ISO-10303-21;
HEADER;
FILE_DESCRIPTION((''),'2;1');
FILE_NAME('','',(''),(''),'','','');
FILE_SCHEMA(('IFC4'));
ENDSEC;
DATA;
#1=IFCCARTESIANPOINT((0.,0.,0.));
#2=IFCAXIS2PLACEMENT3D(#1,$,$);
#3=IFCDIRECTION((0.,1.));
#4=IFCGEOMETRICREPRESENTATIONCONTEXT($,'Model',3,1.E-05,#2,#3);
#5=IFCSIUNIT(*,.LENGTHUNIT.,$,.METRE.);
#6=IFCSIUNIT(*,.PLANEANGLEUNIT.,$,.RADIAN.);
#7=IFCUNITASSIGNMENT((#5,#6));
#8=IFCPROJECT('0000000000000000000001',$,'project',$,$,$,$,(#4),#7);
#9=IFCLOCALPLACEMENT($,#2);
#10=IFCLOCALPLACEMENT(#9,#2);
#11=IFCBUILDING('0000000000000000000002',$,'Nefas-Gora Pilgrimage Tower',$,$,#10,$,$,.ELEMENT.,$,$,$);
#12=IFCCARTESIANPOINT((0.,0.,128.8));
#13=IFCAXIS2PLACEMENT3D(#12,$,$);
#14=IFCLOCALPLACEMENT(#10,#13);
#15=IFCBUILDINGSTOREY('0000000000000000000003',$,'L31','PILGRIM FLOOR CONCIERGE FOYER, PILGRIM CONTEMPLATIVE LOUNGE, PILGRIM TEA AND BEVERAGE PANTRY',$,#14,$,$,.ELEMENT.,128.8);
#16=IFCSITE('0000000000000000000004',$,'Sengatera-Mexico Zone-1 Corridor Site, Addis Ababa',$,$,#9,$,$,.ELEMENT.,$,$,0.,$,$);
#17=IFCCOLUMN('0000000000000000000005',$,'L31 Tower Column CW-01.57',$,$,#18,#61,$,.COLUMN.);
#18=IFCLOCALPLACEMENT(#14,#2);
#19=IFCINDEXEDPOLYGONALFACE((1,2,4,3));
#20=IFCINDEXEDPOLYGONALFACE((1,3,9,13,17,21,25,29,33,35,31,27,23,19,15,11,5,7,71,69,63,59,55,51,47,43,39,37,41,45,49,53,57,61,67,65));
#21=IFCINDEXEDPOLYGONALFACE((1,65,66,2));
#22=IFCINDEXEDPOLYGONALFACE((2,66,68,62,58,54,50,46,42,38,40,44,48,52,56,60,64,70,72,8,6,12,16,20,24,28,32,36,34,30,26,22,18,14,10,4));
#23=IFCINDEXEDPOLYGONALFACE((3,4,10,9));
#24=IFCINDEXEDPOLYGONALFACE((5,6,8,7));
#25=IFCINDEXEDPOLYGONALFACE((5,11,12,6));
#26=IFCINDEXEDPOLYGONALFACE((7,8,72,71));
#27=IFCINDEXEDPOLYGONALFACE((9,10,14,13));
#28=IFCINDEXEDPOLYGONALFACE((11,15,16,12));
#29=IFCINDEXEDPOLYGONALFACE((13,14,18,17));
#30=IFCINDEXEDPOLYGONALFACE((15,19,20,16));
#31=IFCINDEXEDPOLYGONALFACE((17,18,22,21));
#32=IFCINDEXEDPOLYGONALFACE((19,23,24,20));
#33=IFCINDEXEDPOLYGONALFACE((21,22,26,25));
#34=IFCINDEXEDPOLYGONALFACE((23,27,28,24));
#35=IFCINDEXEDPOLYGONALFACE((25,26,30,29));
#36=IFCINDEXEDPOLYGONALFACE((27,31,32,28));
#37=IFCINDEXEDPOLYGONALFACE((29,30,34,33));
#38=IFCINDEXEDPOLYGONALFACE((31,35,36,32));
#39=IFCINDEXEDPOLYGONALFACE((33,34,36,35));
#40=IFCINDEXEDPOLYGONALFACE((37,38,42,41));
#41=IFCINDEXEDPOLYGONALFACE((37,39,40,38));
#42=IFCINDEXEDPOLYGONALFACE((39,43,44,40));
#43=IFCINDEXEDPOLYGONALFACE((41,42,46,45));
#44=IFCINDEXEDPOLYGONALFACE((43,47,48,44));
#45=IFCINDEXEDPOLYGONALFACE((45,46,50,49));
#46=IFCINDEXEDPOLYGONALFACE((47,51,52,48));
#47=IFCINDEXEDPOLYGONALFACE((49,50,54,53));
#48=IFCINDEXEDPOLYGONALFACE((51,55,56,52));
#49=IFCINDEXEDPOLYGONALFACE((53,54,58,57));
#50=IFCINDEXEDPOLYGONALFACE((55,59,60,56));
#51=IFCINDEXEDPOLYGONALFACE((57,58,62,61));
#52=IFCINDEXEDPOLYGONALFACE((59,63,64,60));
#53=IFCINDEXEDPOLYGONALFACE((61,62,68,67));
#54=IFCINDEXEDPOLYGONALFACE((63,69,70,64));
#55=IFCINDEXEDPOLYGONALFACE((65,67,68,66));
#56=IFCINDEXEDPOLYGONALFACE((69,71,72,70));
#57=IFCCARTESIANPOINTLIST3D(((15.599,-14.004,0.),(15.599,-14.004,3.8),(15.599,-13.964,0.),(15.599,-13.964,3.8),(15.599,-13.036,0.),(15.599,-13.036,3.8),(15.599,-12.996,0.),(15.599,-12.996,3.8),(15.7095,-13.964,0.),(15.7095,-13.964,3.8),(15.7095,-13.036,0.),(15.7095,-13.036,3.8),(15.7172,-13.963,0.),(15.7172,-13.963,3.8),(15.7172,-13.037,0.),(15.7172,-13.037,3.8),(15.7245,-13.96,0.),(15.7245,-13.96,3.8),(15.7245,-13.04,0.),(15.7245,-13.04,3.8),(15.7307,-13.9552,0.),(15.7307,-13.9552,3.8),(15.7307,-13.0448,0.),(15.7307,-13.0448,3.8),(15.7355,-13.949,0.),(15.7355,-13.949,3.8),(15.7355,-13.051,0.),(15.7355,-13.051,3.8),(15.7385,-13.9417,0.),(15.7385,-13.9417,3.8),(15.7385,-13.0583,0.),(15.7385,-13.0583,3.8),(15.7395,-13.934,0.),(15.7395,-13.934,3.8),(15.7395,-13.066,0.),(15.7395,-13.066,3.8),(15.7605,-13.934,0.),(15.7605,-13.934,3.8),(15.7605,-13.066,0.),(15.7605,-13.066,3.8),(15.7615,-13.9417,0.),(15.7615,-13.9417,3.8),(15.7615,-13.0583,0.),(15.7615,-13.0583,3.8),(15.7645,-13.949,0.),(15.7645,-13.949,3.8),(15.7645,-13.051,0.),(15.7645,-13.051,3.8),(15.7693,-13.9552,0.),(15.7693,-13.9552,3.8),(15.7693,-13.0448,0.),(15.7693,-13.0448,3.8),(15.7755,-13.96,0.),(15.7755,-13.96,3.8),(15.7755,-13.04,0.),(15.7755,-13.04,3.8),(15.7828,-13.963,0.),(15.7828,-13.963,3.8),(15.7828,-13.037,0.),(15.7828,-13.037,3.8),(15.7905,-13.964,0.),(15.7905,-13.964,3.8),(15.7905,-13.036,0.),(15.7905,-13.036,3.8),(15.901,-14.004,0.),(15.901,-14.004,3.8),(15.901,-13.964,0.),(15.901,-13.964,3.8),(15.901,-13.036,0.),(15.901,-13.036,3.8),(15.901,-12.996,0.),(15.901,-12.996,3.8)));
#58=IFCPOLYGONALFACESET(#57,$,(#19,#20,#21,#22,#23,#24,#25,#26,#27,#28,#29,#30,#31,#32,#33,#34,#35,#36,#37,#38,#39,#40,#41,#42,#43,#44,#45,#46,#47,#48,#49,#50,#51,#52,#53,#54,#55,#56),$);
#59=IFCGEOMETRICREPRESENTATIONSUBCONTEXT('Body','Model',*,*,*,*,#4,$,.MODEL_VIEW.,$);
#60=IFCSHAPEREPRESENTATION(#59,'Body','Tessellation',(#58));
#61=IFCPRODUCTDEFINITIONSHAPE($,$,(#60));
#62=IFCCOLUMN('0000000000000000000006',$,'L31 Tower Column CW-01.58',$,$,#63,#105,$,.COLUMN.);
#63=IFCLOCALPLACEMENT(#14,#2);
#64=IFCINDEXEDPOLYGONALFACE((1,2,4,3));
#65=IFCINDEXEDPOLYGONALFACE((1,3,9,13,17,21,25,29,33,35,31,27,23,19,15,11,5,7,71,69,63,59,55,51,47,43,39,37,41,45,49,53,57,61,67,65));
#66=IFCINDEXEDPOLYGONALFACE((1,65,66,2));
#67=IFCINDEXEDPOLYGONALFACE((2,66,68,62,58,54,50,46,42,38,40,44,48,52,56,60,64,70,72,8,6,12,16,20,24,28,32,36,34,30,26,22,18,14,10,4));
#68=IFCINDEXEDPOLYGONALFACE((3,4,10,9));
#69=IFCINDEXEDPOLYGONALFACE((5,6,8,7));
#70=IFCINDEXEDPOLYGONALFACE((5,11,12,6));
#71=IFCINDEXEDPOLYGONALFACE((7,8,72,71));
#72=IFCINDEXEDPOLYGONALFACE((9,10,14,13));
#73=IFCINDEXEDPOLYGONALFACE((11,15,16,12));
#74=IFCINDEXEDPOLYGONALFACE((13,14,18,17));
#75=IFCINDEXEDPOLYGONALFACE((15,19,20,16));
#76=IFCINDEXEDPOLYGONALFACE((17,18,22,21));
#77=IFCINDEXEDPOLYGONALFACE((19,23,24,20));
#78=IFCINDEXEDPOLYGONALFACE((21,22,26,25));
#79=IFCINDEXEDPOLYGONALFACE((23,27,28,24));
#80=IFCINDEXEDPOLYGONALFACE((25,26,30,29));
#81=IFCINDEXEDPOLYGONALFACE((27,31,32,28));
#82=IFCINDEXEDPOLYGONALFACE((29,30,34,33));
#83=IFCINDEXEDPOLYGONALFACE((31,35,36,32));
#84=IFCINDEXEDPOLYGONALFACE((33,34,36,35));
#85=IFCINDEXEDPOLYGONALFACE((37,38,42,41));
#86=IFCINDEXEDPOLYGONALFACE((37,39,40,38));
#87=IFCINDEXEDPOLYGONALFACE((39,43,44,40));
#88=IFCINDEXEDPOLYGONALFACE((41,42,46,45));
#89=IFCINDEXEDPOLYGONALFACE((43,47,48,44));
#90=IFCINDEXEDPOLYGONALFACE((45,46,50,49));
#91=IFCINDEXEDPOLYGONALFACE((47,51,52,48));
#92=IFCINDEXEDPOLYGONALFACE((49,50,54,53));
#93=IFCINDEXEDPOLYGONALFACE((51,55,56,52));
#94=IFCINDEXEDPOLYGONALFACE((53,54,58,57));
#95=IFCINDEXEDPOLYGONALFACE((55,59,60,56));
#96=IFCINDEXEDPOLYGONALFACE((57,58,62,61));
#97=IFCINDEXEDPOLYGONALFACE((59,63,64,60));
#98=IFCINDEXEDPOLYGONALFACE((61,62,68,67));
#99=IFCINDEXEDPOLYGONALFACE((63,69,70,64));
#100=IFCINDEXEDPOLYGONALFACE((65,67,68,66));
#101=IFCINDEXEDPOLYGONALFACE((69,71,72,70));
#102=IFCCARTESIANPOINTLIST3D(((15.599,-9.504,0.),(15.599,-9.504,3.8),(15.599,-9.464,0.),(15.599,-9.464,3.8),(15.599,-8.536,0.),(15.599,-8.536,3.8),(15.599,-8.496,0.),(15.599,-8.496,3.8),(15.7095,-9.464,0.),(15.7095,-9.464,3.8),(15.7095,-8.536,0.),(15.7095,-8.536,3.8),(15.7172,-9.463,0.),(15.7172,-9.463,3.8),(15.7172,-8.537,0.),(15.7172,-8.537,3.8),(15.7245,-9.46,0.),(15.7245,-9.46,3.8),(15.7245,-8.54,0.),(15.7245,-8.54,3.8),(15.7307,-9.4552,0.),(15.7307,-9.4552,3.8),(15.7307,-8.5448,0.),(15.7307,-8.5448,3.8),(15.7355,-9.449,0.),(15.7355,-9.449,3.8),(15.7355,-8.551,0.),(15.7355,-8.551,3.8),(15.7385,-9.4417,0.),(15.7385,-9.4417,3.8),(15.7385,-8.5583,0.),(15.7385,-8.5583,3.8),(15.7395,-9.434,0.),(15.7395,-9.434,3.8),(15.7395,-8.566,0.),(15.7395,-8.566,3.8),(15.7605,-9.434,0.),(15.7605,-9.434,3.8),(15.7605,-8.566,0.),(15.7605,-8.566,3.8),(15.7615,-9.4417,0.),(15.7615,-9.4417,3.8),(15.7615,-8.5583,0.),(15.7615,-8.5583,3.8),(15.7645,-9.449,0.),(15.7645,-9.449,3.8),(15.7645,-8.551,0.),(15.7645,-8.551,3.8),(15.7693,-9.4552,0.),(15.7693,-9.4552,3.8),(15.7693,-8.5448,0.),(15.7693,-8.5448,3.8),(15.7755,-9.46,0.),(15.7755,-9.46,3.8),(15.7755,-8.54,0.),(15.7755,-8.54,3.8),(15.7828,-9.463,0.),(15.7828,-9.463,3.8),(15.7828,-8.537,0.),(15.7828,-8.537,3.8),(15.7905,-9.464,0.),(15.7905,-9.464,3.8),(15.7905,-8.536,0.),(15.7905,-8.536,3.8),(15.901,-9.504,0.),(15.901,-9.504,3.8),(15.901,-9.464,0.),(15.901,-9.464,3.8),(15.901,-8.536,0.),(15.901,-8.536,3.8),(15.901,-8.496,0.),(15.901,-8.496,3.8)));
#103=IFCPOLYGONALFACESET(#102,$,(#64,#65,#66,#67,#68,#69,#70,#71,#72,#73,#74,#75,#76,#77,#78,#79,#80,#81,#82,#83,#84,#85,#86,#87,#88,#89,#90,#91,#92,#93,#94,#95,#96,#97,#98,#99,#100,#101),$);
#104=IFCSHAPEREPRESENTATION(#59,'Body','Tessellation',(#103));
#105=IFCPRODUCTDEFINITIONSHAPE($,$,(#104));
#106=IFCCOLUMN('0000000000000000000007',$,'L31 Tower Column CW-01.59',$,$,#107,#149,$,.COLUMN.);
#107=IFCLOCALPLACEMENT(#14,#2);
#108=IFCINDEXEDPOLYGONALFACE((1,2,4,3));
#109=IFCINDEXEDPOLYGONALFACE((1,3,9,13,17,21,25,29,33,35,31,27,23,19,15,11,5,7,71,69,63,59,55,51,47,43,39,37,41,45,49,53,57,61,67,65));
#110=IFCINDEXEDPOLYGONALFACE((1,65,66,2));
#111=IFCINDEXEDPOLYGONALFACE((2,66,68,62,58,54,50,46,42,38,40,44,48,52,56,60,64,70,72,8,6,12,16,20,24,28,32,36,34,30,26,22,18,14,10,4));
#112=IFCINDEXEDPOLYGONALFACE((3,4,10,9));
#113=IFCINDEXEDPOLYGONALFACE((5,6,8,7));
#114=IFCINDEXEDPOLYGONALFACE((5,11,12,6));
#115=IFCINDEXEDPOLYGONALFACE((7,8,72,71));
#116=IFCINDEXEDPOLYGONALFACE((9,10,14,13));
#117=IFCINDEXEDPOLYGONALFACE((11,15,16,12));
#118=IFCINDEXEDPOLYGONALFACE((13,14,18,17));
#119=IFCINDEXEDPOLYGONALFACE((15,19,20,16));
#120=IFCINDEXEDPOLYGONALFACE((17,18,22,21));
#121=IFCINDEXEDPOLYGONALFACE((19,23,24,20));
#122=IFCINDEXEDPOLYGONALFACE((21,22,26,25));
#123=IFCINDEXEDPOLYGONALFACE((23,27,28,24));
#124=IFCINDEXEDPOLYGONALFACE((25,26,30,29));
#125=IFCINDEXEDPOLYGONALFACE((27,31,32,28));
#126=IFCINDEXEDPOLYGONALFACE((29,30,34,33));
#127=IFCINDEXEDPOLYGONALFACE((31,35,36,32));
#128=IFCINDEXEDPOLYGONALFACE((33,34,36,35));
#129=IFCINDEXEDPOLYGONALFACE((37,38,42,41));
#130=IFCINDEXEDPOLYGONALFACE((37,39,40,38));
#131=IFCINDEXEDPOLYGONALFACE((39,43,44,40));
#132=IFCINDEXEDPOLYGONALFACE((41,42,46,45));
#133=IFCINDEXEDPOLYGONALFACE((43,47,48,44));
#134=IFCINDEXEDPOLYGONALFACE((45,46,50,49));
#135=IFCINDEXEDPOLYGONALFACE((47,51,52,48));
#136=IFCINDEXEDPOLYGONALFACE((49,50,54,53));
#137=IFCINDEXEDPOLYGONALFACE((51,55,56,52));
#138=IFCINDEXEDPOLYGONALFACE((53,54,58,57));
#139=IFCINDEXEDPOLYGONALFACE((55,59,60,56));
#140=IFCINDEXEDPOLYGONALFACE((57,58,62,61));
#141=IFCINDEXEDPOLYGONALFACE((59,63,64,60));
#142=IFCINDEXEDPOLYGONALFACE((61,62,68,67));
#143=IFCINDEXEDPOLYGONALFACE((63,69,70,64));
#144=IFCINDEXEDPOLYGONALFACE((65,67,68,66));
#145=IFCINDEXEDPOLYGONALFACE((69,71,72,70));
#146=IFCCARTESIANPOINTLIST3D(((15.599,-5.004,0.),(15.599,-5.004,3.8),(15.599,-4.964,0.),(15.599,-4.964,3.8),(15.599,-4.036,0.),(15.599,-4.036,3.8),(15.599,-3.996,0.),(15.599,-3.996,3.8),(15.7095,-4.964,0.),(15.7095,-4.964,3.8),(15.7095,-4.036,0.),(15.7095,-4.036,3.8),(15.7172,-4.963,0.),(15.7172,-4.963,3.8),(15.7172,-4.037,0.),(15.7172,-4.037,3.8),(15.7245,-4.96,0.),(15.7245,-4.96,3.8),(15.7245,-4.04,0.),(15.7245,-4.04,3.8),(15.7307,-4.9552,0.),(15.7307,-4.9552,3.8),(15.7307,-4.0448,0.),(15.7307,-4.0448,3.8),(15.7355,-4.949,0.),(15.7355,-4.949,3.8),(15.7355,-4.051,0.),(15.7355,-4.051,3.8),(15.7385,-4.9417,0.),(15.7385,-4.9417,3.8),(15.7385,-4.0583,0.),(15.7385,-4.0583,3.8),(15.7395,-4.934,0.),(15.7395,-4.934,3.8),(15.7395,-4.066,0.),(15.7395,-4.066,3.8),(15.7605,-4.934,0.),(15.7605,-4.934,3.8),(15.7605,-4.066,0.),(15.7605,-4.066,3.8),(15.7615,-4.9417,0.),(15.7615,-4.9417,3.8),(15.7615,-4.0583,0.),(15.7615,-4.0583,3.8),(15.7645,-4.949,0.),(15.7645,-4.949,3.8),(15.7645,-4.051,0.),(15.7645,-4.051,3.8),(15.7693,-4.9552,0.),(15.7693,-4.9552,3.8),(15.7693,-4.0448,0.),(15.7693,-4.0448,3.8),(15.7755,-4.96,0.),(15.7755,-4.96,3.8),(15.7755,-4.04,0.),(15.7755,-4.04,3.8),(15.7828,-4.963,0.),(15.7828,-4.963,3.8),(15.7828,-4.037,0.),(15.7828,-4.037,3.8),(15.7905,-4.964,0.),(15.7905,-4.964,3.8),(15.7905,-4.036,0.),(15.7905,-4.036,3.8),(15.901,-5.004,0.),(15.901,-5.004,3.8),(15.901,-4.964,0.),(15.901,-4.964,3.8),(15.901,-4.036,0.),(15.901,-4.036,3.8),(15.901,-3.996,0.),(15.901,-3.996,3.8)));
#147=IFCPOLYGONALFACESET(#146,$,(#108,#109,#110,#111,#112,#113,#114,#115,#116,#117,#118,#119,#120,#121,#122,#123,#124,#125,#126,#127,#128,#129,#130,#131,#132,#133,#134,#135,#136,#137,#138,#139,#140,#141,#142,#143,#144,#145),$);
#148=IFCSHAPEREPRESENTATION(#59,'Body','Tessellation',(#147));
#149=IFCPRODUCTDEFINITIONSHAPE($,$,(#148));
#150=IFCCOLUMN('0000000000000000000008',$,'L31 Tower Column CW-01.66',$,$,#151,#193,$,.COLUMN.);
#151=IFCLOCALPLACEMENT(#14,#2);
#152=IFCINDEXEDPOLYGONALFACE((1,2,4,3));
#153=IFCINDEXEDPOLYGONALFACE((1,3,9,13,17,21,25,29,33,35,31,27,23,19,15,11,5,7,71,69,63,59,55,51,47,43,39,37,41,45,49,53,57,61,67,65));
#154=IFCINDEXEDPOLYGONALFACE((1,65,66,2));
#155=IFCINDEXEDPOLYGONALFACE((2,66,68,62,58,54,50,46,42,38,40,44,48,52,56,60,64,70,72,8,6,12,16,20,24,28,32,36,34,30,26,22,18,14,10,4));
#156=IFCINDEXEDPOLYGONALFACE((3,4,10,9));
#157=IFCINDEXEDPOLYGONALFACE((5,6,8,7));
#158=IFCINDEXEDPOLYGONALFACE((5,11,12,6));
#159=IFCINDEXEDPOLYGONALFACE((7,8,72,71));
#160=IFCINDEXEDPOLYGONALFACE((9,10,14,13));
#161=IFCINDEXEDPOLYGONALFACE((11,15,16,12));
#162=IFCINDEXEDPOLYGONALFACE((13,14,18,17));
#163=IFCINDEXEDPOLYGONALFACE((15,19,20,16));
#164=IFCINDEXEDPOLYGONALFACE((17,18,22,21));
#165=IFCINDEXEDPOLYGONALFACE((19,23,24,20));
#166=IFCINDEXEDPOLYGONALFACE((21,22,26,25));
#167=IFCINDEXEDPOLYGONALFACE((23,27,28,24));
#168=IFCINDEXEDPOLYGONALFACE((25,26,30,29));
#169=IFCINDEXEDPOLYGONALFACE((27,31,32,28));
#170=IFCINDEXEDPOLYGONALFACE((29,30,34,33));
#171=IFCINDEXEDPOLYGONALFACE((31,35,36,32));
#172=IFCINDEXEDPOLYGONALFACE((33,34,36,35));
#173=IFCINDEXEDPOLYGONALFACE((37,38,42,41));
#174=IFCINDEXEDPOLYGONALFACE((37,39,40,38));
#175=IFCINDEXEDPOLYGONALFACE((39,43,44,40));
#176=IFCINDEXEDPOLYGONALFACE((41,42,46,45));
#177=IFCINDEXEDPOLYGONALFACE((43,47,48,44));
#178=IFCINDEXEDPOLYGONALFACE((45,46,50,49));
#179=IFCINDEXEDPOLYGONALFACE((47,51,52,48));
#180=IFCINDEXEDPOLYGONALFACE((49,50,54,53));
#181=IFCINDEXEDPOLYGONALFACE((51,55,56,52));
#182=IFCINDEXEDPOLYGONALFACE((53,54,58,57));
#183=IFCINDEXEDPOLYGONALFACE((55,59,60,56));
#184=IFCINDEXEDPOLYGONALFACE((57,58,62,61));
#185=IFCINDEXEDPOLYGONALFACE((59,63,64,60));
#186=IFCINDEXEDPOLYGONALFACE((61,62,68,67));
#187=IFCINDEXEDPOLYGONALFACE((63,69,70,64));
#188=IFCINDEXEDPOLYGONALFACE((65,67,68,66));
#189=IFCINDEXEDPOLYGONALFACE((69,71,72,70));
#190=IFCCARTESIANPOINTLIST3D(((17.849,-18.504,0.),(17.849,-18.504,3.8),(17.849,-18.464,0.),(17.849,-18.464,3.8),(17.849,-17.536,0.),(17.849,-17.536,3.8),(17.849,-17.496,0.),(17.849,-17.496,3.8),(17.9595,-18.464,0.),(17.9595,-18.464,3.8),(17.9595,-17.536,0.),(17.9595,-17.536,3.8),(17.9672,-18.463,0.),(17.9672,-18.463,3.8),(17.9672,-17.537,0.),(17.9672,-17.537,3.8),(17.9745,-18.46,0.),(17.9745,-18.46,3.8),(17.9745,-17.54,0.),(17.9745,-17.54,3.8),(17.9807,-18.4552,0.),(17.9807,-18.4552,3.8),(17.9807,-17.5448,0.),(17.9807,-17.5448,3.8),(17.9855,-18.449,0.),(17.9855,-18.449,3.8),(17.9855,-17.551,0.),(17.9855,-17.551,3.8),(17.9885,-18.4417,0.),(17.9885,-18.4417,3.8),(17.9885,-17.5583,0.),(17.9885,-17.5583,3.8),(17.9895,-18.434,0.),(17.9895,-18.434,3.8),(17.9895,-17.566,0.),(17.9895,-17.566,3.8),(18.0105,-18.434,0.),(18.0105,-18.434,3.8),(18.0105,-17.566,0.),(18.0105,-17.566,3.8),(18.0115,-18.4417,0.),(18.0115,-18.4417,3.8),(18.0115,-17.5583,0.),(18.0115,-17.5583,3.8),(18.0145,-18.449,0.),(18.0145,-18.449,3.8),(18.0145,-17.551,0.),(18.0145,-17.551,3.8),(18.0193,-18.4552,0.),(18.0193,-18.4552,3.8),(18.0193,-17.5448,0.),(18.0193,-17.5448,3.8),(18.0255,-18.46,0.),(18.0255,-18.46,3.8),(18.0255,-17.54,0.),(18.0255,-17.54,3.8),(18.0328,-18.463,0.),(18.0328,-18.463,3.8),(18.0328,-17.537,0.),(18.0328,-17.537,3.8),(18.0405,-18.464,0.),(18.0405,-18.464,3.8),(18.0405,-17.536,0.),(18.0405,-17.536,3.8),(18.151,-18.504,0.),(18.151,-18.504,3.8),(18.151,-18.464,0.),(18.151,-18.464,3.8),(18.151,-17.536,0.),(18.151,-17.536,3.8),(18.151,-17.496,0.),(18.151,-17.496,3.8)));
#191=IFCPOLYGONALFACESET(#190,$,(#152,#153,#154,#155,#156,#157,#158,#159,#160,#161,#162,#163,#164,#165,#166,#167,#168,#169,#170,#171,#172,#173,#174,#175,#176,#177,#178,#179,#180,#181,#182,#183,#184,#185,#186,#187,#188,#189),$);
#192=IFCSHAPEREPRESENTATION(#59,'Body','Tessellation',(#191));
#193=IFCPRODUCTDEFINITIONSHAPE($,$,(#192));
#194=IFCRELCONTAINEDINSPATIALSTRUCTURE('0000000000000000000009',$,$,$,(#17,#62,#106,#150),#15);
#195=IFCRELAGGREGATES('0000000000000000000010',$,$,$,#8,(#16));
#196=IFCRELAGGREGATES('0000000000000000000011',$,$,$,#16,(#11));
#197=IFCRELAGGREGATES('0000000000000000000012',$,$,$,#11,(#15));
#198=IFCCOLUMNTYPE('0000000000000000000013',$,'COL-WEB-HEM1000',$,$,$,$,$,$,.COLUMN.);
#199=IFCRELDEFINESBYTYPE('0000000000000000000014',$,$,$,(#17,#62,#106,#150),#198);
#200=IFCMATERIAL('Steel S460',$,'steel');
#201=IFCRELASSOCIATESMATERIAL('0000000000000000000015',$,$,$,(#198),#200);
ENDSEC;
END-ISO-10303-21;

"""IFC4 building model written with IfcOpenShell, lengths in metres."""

from ifc_helpers import new_model, si_unit, direction, frame, origin, origin_2d, place, context, subcontext, project, spatial, i_section, extrude, source, transform, mapped, material, material_profile, profile_set, type_object, element, save


model = new_model("IFC4")

# Units and contexts
model_context = context("Model", 3, precision=1e-05, world=origin(), true_north=direction((0.0, 1.0)))
body_context = subcontext(model_context, "Body", "Model", "MODEL_VIEW")
ifc_project = project(units=[si_unit("LENGTHUNIT", "METRE"), si_unit("PLANEANGLEUNIT", "RADIAN")], contexts=[model_context])

# Site, building, storey
site_placement = place(None, origin())
site = spatial("IfcSite", under=ifc_project, at=site_placement, Name="Sengatera-Mexico Zone-1 Corridor Site, Addis Ababa", CompositionType="ELEMENT", RefElevation=0.0)
building_placement = place(site_placement, origin())
building = spatial("IfcBuilding", under=site, at=building_placement, Name="Nefas-Gora Pilgrimage Tower", CompositionType="ELEMENT")
storey_placement = place(building_placement, frame((0.0, 0.0, 128.8)))
storey = spatial("IfcBuildingStorey", under=building, at=storey_placement, Name="L31", Description="PILGRIM FLOOR CONCIERGE FOYER, PILGRIM CONTEMPLATIVE LOUNGE, PILGRIM TEA AND BEVERAGE PANTRY", CompositionType="ELEMENT", Elevation=128.8)

# Columns
ifc_material_1 = material(Name="Steel S460", Category="steel")
ifc_material_profile_1 = material_profile(ifc_material_1, i_section(OverallWidth=0.302, OverallDepth=1.0081, WebThickness=0.021, FlangeThickness=0.04, FilletRadius=0.03, at=origin_2d()), Name="HEM 1000")
ifc_profile_set_1 = profile_set([ifc_material_profile_1], Name="Steel S460")
column_type_1 = type_object("IfcColumnType", Name="COL-WEB-HEM1000", PredefinedType="COLUMN", material=ifc_profile_set_1)
shared_shape_1 = source(origin(), body_context, "Body", "SweptSolid", [
    extrude(i_section(OverallWidth=0.302, OverallDepth=1.0081, WebThickness=0.021, FlangeThickness=0.04, FilletRadius=0.03, at=origin_2d()), origin(), (0.0, 0.0, 1.0), 3.8),
])
for number, where, z_axis, x_axis, name in (
    (1, (15.75, -13.5, 0.0), (0.0, 0.0, 1.0), (1.0, 0.0, 0.0), "L31 Tower Column CW-01.57"),
    (2, (15.75, -9.0, 0.0), (0.0, 0.0, 1.0), (1.0, 0.0, 0.0), "L31 Tower Column CW-01.58"),
    (3, (15.75, -4.5, 0.0), (0.0, 0.0, 1.0), (1.0, 0.0, 0.0), "L31 Tower Column CW-01.59"),
    (4, (18.0, -18.0, 0.0), (0.0, 0.0, 1.0), (1.0, 0.0, 0.0), "L31 Tower Column CW-01.66"),
):
    element("IfcColumn", number, at=place(storey_placement, frame(where, z_axis=z_axis, x_axis=x_axis)), inside=storey, type_object=column_type_1, Name=name, PredefinedType="COLUMN", context=body_context, shape_type="MappedRepresentation", body=[
        mapped(shared_shape_1, transform((0.0, 0.0, 0.0), x_axis=(1.0, 0.0, 0.0), y_axis=(0.0, 1.0, 0.0), z_axis=(0.0, 0.0, 1.0), scale=1.0)),
    ])

save(model, "model.ifc")
